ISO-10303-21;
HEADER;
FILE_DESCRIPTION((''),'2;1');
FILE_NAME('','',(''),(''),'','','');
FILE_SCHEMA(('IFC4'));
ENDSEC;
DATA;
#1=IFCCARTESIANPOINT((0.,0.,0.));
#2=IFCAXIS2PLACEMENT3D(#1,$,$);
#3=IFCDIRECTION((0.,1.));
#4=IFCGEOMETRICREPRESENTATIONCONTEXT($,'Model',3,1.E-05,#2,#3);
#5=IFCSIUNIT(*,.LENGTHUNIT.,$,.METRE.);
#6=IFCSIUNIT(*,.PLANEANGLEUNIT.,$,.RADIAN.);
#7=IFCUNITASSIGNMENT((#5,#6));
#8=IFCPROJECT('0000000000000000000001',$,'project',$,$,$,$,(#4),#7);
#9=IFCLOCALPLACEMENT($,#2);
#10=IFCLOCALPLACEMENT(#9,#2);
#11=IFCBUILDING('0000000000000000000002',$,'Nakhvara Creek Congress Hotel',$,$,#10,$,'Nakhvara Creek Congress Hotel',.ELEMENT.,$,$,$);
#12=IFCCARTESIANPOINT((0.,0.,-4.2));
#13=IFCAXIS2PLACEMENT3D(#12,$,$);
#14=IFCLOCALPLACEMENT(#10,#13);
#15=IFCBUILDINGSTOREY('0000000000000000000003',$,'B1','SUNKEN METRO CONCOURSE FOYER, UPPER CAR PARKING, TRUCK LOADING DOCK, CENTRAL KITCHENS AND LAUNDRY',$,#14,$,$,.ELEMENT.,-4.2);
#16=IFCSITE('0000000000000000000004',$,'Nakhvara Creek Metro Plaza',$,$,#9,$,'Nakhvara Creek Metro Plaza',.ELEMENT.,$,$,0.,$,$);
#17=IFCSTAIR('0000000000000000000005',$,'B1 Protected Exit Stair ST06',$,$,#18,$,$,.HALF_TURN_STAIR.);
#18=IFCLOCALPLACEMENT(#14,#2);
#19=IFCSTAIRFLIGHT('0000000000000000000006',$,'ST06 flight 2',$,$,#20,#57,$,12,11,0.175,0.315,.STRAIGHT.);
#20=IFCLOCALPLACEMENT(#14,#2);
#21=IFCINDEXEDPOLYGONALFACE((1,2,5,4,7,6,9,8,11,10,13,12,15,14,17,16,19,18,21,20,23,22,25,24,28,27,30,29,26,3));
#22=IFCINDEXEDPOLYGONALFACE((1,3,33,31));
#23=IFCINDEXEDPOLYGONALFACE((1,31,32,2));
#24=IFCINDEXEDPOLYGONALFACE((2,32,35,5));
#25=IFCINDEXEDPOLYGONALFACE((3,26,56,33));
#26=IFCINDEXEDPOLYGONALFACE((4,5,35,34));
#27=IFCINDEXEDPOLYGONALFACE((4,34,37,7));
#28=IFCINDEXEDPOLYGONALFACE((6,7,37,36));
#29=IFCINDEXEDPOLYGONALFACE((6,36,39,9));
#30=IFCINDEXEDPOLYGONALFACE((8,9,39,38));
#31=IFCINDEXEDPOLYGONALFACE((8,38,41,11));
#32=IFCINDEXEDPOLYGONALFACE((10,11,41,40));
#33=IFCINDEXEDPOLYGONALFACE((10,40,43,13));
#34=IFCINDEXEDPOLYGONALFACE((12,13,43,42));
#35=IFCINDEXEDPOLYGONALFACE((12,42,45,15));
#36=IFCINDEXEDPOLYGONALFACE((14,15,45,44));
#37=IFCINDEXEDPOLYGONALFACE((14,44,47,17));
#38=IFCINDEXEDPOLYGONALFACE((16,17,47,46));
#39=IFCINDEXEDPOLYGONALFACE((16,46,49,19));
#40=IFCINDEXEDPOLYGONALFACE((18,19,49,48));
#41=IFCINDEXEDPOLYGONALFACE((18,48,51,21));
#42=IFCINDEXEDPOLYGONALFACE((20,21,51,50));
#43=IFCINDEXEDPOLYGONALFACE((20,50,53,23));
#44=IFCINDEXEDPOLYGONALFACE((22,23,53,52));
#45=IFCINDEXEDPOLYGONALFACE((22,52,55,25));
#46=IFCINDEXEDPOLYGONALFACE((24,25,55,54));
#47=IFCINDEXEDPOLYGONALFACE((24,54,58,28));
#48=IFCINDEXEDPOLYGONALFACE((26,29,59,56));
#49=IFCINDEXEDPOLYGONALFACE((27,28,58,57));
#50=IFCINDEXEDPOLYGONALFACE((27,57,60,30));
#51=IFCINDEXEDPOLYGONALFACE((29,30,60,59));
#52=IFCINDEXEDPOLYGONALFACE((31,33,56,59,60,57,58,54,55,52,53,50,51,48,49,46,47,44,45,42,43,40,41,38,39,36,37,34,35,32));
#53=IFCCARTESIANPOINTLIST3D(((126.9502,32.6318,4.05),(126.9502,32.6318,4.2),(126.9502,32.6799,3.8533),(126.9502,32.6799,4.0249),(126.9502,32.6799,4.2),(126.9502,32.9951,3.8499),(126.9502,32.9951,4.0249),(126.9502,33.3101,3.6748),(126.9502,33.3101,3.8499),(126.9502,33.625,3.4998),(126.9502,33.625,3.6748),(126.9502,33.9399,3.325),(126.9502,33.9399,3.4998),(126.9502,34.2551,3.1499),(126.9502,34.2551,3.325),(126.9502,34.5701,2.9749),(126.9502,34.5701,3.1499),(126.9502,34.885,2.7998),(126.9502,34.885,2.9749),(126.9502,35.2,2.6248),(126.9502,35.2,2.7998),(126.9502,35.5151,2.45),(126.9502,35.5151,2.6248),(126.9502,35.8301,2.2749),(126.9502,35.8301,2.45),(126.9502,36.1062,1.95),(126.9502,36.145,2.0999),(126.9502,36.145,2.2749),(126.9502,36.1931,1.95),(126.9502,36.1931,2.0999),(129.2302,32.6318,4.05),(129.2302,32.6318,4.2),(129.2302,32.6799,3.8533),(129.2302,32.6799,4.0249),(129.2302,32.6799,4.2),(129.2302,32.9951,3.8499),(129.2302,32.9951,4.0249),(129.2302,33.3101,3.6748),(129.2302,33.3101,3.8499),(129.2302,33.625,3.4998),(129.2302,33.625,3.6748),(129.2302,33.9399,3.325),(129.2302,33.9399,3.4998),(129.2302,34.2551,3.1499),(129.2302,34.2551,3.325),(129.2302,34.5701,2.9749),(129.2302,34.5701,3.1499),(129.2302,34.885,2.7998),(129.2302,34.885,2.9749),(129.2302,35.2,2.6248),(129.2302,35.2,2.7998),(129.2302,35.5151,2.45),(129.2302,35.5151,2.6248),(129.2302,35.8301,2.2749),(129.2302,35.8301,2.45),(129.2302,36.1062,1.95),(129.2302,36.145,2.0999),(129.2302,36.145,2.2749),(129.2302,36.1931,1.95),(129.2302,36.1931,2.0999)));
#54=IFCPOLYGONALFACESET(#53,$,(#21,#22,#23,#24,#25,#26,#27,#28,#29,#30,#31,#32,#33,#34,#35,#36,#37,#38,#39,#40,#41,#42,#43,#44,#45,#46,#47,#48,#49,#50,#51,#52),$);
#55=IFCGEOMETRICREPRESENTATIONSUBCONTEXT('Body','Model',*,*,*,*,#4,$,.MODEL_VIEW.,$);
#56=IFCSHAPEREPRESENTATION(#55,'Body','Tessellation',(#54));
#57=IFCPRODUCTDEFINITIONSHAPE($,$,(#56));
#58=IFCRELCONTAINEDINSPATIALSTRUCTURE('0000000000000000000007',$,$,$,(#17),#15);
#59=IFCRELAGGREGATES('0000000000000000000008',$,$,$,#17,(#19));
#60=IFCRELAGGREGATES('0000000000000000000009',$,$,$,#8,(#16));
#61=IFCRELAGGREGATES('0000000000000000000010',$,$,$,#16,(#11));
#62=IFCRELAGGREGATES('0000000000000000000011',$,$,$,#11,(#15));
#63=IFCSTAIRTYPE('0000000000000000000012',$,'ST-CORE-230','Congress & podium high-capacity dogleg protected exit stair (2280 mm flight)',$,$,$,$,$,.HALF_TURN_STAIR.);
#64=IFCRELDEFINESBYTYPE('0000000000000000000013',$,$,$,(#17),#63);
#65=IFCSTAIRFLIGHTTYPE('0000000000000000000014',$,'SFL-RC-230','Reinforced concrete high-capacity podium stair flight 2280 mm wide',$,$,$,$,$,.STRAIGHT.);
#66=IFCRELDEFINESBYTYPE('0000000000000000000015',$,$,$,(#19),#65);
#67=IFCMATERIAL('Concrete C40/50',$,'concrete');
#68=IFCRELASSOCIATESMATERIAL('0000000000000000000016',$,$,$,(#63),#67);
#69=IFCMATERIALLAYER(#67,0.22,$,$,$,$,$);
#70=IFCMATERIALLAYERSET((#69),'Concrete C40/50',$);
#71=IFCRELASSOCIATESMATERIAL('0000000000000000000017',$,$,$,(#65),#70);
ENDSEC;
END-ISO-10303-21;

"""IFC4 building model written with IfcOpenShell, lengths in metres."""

from ifc_helpers import new_model, si_unit, direction, frame, origin, place, context, subcontext, project, spatial, polyline, outline, extrude, material, layer, layer_set, type_object, element, aggregate, save


model = new_model("IFC4")

# Units and contexts
model_context = context("Model", 3, precision=1e-05, world=origin(), true_north=direction((0.0, 1.0)))
body_context = subcontext(model_context, "Body", "Model", "MODEL_VIEW")
ifc_project = project(units=[si_unit("LENGTHUNIT", "METRE"), si_unit("PLANEANGLEUNIT", "RADIAN")], contexts=[model_context])

# Site, building, storey
site_placement = place(None, origin())
site = spatial("IfcSite", under=ifc_project, at=site_placement, Name="Nakhvara Creek Metro Plaza", LongName="Nakhvara Creek Metro Plaza", CompositionType="ELEMENT", RefElevation=0.0)
building_placement = place(site_placement, origin())
building = spatial("IfcBuilding", under=site, at=building_placement, Name="Nakhvara Creek Congress Hotel", LongName="Nakhvara Creek Congress Hotel", CompositionType="ELEMENT")
storey_placement = place(building_placement, frame((0.0, 0.0, -4.2)))
storey = spatial("IfcBuildingStorey", under=building, at=storey_placement, Name="B1", Description="SUNKEN METRO CONCOURSE FOYER, UPPER CAR PARKING, TRUCK LOADING DOCK, CENTRAL KITCHENS AND LAUNDRY", CompositionType="ELEMENT", Elevation=-4.2)

# Shared definitions
ifc_material_1 = material(Name="Concrete C40/50", Category="concrete")

# Stair, stair flight
stair_type = type_object("IfcStairType", Name="ST-CORE-230", Description="Congress & podium high-capacity dogleg protected exit stair (2280 mm flight)", PredefinedType="HALF_TURN_STAIR", material=ifc_material_1)
stair_placement = place(storey_placement, origin())
stair = element("IfcStair", 1, at=stair_placement, inside=storey, type_object=stair_type, Name="B1 Protected Exit Stair ST06", PredefinedType="HALF_TURN_STAIR")
ifc_layer_1 = layer(ifc_material_1, 0.22)
ifc_layer_set_1 = layer_set([ifc_layer_1], Name="Concrete C40/50")
stair_flight_type = type_object("IfcStairFlightType", Name="SFL-RC-230", Description="Reinforced concrete high-capacity podium stair flight 2280 mm wide", PredefinedType="STRAIGHT", material=ifc_layer_set_1)
stair_flight_placement = place(storey_placement, frame((128.0901, 36.145, 2.0999), z_axis=(0.0, 0.0, 1.0), x_axis=(0.0, -1.0, 0.0)))
stair_flight = element("IfcStairFlight", 2, at=stair_flight_placement, type_object=stair_flight_type, Name="ST06 flight 2", NumberOfRisers=12, NumberOfTreads=11, PredefinedType="STRAIGHT", RiserHeight=0.175, TreadLength=0.315, context=body_context, shape_type="SweptSolid", body=[
    extrude(outline(polyline([(-0.0481, 0.0), (0.0, 0.0), (0.0, 0.175), (0.3149, 0.175), (0.3149, 0.3501), (0.6299, 0.3501), (0.6299, 0.5249), (0.9451, 0.5249), (0.9451, 0.7), (1.26, 0.7), (1.26, 0.875), (1.575, 0.875), (1.575, 1.05), (1.8899, 1.05), (1.8899, 1.2251), (2.2051, 1.2251), (2.2051, 1.3999), (2.52, 1.3999), (2.52, 1.575), (2.835, 1.575), (2.835, 1.75), (3.1499, 1.75), (3.1499, 1.925), (3.4651, 1.925), (3.4651, 2.1001), (3.5132, 2.1001), (3.5132, 1.9502), (3.4651, 1.7534), (0.0388, -0.1499), (-0.0481, -0.1499), (-0.0481, 0.0)])), frame((0.0, 1.1401, 0.0), z_axis=(0.0, -1.0, 0.0), x_axis=(1.0, 0.0, 0.0)), (0.0, 0.0, 1.0), 2.28),
])
aggregate(stair, [stair_flight])

save(model, "model.ifc")
